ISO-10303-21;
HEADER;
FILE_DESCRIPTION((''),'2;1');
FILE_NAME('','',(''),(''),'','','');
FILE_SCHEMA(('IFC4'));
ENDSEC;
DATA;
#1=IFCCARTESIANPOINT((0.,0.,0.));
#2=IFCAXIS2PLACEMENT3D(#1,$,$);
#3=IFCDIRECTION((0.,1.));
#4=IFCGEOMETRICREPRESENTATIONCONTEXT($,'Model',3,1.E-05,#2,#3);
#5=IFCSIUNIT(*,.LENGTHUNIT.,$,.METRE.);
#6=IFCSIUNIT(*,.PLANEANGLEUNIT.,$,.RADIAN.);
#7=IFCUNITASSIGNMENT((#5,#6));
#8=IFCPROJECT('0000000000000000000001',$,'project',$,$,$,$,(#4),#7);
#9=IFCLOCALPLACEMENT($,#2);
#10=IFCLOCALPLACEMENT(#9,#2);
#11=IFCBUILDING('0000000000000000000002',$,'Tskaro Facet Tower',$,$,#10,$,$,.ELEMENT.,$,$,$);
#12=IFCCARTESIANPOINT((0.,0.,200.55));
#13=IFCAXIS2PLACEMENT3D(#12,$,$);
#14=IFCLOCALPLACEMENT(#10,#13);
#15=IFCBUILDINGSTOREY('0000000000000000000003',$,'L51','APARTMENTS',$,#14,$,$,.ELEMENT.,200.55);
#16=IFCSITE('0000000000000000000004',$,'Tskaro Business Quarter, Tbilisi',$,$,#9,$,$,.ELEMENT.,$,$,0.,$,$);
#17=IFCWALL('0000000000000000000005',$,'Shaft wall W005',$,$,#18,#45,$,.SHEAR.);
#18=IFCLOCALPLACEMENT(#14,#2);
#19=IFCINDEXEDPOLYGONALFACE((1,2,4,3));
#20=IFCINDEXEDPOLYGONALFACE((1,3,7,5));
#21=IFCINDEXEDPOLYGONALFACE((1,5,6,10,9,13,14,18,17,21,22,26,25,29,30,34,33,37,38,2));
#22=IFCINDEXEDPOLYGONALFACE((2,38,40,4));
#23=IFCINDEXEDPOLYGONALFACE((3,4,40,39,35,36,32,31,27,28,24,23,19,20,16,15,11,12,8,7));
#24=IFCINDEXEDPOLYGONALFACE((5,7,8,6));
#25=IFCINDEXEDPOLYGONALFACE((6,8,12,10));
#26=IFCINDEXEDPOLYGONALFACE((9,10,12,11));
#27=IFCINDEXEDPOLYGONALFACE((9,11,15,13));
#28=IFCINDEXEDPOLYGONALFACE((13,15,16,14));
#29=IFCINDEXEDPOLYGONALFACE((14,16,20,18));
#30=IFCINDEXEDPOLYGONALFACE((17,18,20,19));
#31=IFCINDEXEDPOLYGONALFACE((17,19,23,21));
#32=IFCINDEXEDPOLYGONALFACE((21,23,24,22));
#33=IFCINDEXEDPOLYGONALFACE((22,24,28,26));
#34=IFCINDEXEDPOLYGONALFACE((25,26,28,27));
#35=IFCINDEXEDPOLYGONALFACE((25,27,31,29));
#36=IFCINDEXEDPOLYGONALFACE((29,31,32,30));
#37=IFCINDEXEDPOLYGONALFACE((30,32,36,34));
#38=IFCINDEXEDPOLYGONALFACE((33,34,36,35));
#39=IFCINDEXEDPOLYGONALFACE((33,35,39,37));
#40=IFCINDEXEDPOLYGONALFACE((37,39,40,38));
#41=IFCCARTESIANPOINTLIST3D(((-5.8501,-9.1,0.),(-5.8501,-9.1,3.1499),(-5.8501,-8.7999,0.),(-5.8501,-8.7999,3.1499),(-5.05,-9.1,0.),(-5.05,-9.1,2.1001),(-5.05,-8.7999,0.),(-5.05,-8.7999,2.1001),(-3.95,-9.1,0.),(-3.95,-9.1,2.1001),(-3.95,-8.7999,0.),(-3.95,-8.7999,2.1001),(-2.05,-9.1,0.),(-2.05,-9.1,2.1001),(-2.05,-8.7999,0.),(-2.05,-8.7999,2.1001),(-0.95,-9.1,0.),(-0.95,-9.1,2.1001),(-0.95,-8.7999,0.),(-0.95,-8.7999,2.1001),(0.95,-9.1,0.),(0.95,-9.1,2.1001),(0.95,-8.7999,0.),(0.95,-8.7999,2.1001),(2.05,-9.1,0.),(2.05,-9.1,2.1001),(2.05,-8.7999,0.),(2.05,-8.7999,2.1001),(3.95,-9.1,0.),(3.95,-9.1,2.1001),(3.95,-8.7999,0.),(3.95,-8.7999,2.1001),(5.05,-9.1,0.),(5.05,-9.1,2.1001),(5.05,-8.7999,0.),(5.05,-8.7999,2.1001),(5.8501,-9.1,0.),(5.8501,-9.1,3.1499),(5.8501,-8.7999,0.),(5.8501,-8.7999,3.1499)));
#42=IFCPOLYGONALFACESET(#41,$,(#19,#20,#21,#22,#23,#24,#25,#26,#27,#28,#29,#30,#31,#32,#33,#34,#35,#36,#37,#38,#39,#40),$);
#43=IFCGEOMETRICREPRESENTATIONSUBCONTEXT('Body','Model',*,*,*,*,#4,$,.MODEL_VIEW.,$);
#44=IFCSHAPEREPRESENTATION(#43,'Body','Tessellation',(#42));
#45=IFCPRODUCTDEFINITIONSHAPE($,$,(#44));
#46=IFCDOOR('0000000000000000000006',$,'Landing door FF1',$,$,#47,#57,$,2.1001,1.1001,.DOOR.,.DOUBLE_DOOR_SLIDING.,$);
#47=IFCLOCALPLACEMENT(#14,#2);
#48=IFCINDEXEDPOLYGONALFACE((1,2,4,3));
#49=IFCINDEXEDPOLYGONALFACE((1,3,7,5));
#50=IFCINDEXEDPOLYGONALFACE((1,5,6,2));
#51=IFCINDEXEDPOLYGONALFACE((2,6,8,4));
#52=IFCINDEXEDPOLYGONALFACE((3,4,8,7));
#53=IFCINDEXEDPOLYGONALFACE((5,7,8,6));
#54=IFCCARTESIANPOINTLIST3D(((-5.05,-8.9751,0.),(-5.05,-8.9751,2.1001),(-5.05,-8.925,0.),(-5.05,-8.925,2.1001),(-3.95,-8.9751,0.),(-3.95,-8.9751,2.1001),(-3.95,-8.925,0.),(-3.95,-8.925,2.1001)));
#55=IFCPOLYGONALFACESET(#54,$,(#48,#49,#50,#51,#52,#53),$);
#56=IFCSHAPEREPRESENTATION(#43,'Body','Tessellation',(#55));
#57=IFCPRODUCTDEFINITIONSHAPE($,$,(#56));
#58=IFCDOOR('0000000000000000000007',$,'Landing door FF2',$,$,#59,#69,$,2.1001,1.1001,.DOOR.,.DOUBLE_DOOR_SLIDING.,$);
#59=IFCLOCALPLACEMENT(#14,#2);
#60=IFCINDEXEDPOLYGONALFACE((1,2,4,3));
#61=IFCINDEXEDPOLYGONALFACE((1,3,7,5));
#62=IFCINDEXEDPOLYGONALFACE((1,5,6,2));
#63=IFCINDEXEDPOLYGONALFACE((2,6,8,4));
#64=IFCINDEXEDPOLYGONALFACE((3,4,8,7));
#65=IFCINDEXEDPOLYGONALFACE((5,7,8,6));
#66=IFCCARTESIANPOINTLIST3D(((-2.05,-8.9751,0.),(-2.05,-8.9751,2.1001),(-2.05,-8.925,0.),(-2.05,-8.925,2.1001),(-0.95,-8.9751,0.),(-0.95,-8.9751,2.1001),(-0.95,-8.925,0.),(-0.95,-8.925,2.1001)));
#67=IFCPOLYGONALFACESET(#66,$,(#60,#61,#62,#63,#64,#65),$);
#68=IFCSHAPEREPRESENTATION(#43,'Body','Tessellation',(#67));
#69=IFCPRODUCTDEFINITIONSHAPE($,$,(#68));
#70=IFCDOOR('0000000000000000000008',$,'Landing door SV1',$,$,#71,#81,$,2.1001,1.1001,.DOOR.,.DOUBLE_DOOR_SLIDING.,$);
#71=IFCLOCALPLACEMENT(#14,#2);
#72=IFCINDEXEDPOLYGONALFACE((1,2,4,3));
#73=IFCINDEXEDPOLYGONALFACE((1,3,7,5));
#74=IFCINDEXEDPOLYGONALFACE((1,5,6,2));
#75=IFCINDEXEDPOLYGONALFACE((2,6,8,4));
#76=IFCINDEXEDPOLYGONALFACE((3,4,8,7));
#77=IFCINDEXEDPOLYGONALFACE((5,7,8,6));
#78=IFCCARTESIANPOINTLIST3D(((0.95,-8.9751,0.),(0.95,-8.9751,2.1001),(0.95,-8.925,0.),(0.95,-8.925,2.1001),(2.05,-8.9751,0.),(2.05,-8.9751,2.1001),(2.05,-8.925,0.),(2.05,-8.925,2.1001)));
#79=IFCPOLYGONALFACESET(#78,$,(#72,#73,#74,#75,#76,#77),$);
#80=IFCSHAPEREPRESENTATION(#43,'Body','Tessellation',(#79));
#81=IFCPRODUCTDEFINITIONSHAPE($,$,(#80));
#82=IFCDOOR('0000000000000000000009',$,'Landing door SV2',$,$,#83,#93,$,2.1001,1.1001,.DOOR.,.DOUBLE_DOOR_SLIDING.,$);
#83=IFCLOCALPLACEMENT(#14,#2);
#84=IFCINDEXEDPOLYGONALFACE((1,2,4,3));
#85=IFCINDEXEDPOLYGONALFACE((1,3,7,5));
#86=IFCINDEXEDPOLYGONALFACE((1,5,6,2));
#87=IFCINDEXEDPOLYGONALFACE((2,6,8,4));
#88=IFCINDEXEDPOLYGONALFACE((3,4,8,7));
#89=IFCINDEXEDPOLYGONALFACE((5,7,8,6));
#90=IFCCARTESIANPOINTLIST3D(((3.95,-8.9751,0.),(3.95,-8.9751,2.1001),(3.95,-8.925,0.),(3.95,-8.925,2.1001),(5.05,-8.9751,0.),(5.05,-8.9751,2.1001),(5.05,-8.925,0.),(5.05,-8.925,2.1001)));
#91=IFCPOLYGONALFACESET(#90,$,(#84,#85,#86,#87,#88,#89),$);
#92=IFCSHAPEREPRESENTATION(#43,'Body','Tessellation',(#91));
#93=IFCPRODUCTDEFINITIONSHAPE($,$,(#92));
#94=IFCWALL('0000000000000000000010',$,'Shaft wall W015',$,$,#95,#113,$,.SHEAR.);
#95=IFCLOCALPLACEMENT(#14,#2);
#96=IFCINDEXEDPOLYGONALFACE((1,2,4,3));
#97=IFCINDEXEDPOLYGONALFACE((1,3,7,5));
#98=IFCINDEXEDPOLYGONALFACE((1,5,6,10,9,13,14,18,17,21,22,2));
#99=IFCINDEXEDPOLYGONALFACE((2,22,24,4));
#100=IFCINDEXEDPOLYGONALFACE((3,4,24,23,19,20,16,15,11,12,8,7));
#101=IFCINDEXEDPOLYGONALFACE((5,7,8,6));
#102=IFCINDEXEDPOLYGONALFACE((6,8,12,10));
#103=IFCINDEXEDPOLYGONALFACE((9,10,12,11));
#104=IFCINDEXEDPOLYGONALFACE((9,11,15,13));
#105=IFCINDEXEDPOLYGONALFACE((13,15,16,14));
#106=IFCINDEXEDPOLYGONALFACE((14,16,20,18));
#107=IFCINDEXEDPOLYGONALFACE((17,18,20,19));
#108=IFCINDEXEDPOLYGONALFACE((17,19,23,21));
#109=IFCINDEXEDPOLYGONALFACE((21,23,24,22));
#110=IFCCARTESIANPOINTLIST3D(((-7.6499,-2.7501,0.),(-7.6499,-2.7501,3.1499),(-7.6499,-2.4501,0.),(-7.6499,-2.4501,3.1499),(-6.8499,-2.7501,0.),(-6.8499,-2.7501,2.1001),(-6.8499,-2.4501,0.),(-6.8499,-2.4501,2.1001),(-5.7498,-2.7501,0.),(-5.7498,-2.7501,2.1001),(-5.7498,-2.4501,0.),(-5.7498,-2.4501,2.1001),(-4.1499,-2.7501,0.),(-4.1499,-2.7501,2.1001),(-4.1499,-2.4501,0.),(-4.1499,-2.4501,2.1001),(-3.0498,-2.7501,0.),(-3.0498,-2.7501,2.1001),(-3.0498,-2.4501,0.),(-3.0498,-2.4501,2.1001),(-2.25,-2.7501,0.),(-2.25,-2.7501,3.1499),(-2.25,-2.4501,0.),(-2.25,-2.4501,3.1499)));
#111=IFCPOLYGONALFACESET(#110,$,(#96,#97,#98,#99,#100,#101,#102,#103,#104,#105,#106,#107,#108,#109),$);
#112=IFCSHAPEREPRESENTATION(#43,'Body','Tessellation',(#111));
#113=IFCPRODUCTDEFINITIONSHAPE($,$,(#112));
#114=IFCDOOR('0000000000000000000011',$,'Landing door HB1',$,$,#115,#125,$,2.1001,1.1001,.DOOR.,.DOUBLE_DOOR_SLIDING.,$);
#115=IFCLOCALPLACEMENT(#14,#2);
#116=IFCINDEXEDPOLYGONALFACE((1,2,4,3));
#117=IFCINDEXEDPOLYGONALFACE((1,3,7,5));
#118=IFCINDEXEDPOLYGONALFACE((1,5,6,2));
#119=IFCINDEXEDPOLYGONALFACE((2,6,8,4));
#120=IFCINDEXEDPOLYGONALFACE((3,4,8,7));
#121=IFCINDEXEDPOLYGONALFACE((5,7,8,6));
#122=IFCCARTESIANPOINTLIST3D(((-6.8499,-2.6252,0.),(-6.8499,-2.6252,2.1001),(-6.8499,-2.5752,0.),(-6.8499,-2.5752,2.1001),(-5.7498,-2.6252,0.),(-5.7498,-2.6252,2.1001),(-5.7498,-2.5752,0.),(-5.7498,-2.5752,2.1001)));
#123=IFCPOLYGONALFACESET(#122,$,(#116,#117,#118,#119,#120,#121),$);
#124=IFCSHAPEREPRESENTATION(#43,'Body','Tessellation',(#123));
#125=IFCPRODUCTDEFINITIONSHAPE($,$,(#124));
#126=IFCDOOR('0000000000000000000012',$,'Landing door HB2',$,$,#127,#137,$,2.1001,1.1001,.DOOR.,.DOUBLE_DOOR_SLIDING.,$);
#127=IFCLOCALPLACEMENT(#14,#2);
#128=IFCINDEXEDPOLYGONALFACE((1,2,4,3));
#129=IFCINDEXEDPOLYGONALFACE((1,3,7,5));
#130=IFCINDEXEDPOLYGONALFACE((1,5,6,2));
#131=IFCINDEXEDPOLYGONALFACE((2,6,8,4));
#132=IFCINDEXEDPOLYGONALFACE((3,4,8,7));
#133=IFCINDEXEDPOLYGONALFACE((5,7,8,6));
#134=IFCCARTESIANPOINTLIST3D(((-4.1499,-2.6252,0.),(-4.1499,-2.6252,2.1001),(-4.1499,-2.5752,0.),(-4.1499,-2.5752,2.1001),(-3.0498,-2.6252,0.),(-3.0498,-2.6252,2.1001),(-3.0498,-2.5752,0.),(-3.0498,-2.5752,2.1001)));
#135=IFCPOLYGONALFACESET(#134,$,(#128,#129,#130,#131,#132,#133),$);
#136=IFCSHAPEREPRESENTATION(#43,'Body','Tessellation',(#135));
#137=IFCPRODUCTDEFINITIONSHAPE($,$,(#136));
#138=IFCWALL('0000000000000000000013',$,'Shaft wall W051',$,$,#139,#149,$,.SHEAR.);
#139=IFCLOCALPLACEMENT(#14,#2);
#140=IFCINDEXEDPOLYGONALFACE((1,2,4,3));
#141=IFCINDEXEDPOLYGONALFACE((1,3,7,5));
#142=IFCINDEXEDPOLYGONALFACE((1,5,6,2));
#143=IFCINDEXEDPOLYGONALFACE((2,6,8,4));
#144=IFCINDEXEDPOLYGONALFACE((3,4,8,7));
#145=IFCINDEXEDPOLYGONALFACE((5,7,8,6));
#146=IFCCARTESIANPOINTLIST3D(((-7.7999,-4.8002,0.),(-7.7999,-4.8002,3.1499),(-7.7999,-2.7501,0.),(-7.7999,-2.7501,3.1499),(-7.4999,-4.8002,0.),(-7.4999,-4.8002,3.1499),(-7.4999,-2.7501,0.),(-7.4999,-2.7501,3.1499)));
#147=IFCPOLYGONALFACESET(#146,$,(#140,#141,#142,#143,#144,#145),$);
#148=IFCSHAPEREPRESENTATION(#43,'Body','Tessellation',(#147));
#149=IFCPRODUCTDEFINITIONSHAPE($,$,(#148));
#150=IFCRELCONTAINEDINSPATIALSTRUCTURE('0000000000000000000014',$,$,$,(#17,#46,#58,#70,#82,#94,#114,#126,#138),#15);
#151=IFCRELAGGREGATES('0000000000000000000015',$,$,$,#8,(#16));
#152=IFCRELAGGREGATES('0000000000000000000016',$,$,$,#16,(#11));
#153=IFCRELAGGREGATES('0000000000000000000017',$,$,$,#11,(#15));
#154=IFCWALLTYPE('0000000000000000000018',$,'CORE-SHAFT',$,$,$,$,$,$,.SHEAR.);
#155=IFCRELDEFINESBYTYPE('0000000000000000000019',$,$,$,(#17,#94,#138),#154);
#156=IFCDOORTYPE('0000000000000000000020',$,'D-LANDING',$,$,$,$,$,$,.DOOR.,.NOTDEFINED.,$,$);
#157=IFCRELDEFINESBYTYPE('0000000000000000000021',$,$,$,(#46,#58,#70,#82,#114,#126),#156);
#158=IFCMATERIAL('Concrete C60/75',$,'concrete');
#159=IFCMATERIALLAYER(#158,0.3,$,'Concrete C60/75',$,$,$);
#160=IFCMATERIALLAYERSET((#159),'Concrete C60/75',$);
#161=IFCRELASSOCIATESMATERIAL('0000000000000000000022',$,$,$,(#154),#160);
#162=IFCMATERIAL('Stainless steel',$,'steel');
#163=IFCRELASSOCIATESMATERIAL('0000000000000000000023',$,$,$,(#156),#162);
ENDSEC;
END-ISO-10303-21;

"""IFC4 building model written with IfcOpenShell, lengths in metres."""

from ifc_helpers import new_model, si_unit, direction, frame, frame_2d, origin, place, context, subcontext, project, spatial, rectangle, extrude, material, layer, layer_set, type_object, element, fill, save


model = new_model("IFC4")

# Units and contexts
model_context = context("Model", 3, precision=1e-05, world=origin(), true_north=direction((0.0, 1.0)))
body_context = subcontext(model_context, "Body", "Model", "MODEL_VIEW")
ifc_project = project(units=[si_unit("LENGTHUNIT", "METRE"), si_unit("PLANEANGLEUNIT", "RADIAN")], contexts=[model_context])

# Site, building, storey
site_placement = place(None, origin())
site = spatial("IfcSite", under=ifc_project, at=site_placement, Name="Tskaro Business Quarter, Tbilisi", CompositionType="ELEMENT", RefElevation=0.0)
building_placement = place(site_placement, origin())
building = spatial("IfcBuilding", under=site, at=building_placement, Name="Tskaro Facet Tower", CompositionType="ELEMENT")
storey_placement = place(building_placement, frame((0.0, 0.0, 200.55)))
storey = spatial("IfcBuildingStorey", under=building, at=storey_placement, Name="L51", Description="APARTMENTS", CompositionType="ELEMENT", Elevation=200.55)

# Walls, openings, doors
ifc_material_1 = material(Name="Concrete C60/75", Category="concrete")
ifc_layer = layer(ifc_material_1, 0.3, Name="Concrete C60/75")
ifc_layer_set = layer_set([ifc_layer], Name="Concrete C60/75")
wall_type = type_object("IfcWallType", Name="CORE-SHAFT", PredefinedType="SHEAR", material=ifc_layer_set)
wall_1_placement = place(storey_placement, frame((-5.8501, -8.95, 0.0), z_axis=(0.0, 0.0, 1.0), x_axis=(1.0, 0.0, 0.0)))
wall_1 = element("IfcWall", 1, at=wall_1_placement, inside=storey, type_object=wall_type, Name="Shaft wall W005", PredefinedType="SHEAR", context=body_context, shape_type="SweptSolid", body=[
    extrude(rectangle(XDim=11.7002, YDim=0.3, at=frame_2d((5.8501, 0.0))), origin(), (0.0, 0.0, 1.0), 3.1499),
])
opening_1_placement = place(wall_1_placement, frame((0.8, 0.0, 0.0)))
opening_1 = element("IfcOpeningElement", 2, at=opening_1_placement, cuts=wall_1, PredefinedType="OPENING", context=body_context, shape_type="SweptSolid", body=[
    extrude(rectangle(XDim=1.1001, YDim=2.1001, at=frame_2d((0.55, 1.05))), frame((0.0, 0.1599, 0.0), z_axis=(0.0, -1.0, 0.0), x_axis=(1.0, 0.0, 0.0)), (0.0, 0.0, 1.0), 0.3201),
])
opening_2_placement = place(wall_1_placement, frame((3.8, 0.0, 0.0)))
opening_2 = element("IfcOpeningElement", 3, at=opening_2_placement, cuts=wall_1, PredefinedType="OPENING", context=body_context, shape_type="SweptSolid", body=[
    extrude(rectangle(XDim=1.1001, YDim=2.1001, at=frame_2d((0.55, 1.05))), frame((0.0, 0.1599, 0.0), z_axis=(0.0, -1.0, 0.0), x_axis=(1.0, 0.0, 0.0)), (0.0, 0.0, 1.0), 0.3201),
])
opening_3_placement = place(wall_1_placement, frame((6.8, 0.0, 0.0)))
opening_3 = element("IfcOpeningElement", 4, at=opening_3_placement, cuts=wall_1, PredefinedType="OPENING", context=body_context, shape_type="SweptSolid", body=[
    extrude(rectangle(XDim=1.1001, YDim=2.1001, at=frame_2d((0.55, 1.05))), frame((0.0, 0.1599, 0.0), z_axis=(0.0, -1.0, 0.0), x_axis=(1.0, 0.0, 0.0)), (0.0, 0.0, 1.0), 0.3201),
])
opening_4_placement = place(wall_1_placement, frame((9.8, 0.0, 0.0)))
opening_4 = element("IfcOpeningElement", 5, at=opening_4_placement, cuts=wall_1, PredefinedType="OPENING", context=body_context, shape_type="SweptSolid", body=[
    extrude(rectangle(XDim=1.1001, YDim=2.1001, at=frame_2d((0.55, 1.05))), frame((0.0, 0.1599, 0.0), z_axis=(0.0, -1.0, 0.0), x_axis=(1.0, 0.0, 0.0)), (0.0, 0.0, 1.0), 0.3201),
])
ifc_material_2 = material(Name="Stainless steel", Category="steel")
door_type_1 = type_object("IfcDoorType", Name="D-LANDING", OperationType="NOTDEFINED", PredefinedType="DOOR", material=ifc_material_2)
door_1_placement = place(opening_1_placement, origin())
door_1 = element("IfcDoor", 6, at=door_1_placement, inside=storey, type_object=door_type_1, Name="Landing door FF1", OperationType="DOUBLE_DOOR_SLIDING", OverallHeight=2.1001, OverallWidth=1.1001, PredefinedType="DOOR", context=body_context, shape_type="SweptSolid", body=[
    extrude(rectangle(XDim=1.1001, YDim=2.1001, at=frame_2d((0.55, 1.05))), frame((0.0, 0.0249, 0.0), z_axis=(0.0, -1.0, 0.0), x_axis=(1.0, 0.0, 0.0)), (0.0, 0.0, 1.0), 0.05),
])
fill(opening_1, door_1)
door_2_placement = place(opening_2_placement, origin())
door_2 = element("IfcDoor", 7, at=door_2_placement, inside=storey, type_object=door_type_1, Name="Landing door FF2", OperationType="DOUBLE_DOOR_SLIDING", OverallHeight=2.1001, OverallWidth=1.1001, PredefinedType="DOOR", context=body_context, shape_type="SweptSolid", body=[
    extrude(rectangle(XDim=1.1001, YDim=2.1001, at=frame_2d((0.55, 1.05))), frame((0.0, 0.0249, 0.0), z_axis=(0.0, -1.0, 0.0), x_axis=(1.0, 0.0, 0.0)), (0.0, 0.0, 1.0), 0.05),
])
fill(opening_2, door_2)
door_3_placement = place(opening_3_placement, origin())
door_3 = element("IfcDoor", 8, at=door_3_placement, inside=storey, type_object=door_type_1, Name="Landing door SV1", OperationType="DOUBLE_DOOR_SLIDING", OverallHeight=2.1001, OverallWidth=1.1001, PredefinedType="DOOR", context=body_context, shape_type="SweptSolid", body=[
    extrude(rectangle(XDim=1.1001, YDim=2.1001, at=frame_2d((0.55, 1.05))), frame((0.0, 0.0249, 0.0), z_axis=(0.0, -1.0, 0.0), x_axis=(1.0, 0.0, 0.0)), (0.0, 0.0, 1.0), 0.05),
])
fill(opening_3, door_3)
door_4_placement = place(opening_4_placement, origin())
door_4 = element("IfcDoor", 9, at=door_4_placement, inside=storey, type_object=door_type_1, Name="Landing door SV2", OperationType="DOUBLE_DOOR_SLIDING", OverallHeight=2.1001, OverallWidth=1.1001, PredefinedType="DOOR", context=body_context, shape_type="SweptSolid", body=[
    extrude(rectangle(XDim=1.1001, YDim=2.1001, at=frame_2d((0.55, 1.05))), frame((0.0, 0.0249, 0.0), z_axis=(0.0, -1.0, 0.0), x_axis=(1.0, 0.0, 0.0)), (0.0, 0.0, 1.0), 0.05),
])
fill(opening_4, door_4)
wall_2_placement = place(storey_placement, frame((-7.6499, -2.6001, 0.0), z_axis=(0.0, 0.0, 1.0), x_axis=(1.0, 0.0, 0.0)))
wall_2 = element("IfcWall", 10, at=wall_2_placement, inside=storey, type_object=wall_type, Name="Shaft wall W015", PredefinedType="SHEAR", context=body_context, shape_type="SweptSolid", body=[
    extrude(rectangle(XDim=5.3999, YDim=0.3, at=frame_2d((2.7, 0.0))), origin(), (0.0, 0.0, 1.0), 3.1499),
])
opening_5_placement = place(wall_2_placement, frame((0.8, 0.0, 0.0)))
opening_5 = element("IfcOpeningElement", 11, at=opening_5_placement, cuts=wall_2, PredefinedType="OPENING", context=body_context, shape_type="SweptSolid", body=[
    extrude(rectangle(XDim=1.1001, YDim=2.1001, at=frame_2d((0.55, 1.05))), frame((0.0, 0.1599, 0.0), z_axis=(0.0, -1.0, 0.0), x_axis=(1.0, 0.0, 0.0)), (0.0, 0.0, 1.0), 0.3201),
])
opening_6_placement = place(wall_2_placement, frame((3.5, 0.0, 0.0)))
opening_6 = element("IfcOpeningElement", 12, at=opening_6_placement, cuts=wall_2, PredefinedType="OPENING", context=body_context, shape_type="SweptSolid", body=[
    extrude(rectangle(XDim=1.1001, YDim=2.1001, at=frame_2d((0.55, 1.05))), frame((0.0, 0.1599, 0.0), z_axis=(0.0, -1.0, 0.0), x_axis=(1.0, 0.0, 0.0)), (0.0, 0.0, 1.0), 0.3201),
])
door_5_placement = place(opening_5_placement, origin())
door_5 = element("IfcDoor", 13, at=door_5_placement, inside=storey, type_object=door_type_1, Name="Landing door HB1", OperationType="DOUBLE_DOOR_SLIDING", OverallHeight=2.1001, OverallWidth=1.1001, PredefinedType="DOOR", context=body_context, shape_type="SweptSolid", body=[
    extrude(rectangle(XDim=1.1001, YDim=2.1001, at=frame_2d((0.55, 1.05))), frame((0.0, 0.0249, 0.0), z_axis=(0.0, -1.0, 0.0), x_axis=(1.0, 0.0, 0.0)), (0.0, 0.0, 1.0), 0.05),
])
fill(opening_5, door_5)
door_6_placement = place(opening_6_placement, origin())
door_6 = element("IfcDoor", 14, at=door_6_placement, inside=storey, type_object=door_type_1, Name="Landing door HB2", OperationType="DOUBLE_DOOR_SLIDING", OverallHeight=2.1001, OverallWidth=1.1001, PredefinedType="DOOR", context=body_context, shape_type="SweptSolid", body=[
    extrude(rectangle(XDim=1.1001, YDim=2.1001, at=frame_2d((0.55, 1.05))), frame((0.0, 0.0249, 0.0), z_axis=(0.0, -1.0, 0.0), x_axis=(1.0, 0.0, 0.0)), (0.0, 0.0, 1.0), 0.05),
])
fill(opening_6, door_6)

# Wall
wall_3_placement = place(storey_placement, frame((-7.6499, -4.8, 0.0), z_axis=(0.0, 0.0, 1.0), x_axis=(0.0, 1.0, 0.0)))
element("IfcWall", 15, at=wall_3_placement, inside=storey, type_object=wall_type, Name="Shaft wall W051", PredefinedType="SHEAR", context=body_context, shape_type="SweptSolid", body=[
    extrude(rectangle(XDim=2.05, YDim=0.3, at=frame_2d((1.0249, 0.0))), origin(), (0.0, 0.0, 1.0), 3.1499),
])

save(model, "model.ifc")
